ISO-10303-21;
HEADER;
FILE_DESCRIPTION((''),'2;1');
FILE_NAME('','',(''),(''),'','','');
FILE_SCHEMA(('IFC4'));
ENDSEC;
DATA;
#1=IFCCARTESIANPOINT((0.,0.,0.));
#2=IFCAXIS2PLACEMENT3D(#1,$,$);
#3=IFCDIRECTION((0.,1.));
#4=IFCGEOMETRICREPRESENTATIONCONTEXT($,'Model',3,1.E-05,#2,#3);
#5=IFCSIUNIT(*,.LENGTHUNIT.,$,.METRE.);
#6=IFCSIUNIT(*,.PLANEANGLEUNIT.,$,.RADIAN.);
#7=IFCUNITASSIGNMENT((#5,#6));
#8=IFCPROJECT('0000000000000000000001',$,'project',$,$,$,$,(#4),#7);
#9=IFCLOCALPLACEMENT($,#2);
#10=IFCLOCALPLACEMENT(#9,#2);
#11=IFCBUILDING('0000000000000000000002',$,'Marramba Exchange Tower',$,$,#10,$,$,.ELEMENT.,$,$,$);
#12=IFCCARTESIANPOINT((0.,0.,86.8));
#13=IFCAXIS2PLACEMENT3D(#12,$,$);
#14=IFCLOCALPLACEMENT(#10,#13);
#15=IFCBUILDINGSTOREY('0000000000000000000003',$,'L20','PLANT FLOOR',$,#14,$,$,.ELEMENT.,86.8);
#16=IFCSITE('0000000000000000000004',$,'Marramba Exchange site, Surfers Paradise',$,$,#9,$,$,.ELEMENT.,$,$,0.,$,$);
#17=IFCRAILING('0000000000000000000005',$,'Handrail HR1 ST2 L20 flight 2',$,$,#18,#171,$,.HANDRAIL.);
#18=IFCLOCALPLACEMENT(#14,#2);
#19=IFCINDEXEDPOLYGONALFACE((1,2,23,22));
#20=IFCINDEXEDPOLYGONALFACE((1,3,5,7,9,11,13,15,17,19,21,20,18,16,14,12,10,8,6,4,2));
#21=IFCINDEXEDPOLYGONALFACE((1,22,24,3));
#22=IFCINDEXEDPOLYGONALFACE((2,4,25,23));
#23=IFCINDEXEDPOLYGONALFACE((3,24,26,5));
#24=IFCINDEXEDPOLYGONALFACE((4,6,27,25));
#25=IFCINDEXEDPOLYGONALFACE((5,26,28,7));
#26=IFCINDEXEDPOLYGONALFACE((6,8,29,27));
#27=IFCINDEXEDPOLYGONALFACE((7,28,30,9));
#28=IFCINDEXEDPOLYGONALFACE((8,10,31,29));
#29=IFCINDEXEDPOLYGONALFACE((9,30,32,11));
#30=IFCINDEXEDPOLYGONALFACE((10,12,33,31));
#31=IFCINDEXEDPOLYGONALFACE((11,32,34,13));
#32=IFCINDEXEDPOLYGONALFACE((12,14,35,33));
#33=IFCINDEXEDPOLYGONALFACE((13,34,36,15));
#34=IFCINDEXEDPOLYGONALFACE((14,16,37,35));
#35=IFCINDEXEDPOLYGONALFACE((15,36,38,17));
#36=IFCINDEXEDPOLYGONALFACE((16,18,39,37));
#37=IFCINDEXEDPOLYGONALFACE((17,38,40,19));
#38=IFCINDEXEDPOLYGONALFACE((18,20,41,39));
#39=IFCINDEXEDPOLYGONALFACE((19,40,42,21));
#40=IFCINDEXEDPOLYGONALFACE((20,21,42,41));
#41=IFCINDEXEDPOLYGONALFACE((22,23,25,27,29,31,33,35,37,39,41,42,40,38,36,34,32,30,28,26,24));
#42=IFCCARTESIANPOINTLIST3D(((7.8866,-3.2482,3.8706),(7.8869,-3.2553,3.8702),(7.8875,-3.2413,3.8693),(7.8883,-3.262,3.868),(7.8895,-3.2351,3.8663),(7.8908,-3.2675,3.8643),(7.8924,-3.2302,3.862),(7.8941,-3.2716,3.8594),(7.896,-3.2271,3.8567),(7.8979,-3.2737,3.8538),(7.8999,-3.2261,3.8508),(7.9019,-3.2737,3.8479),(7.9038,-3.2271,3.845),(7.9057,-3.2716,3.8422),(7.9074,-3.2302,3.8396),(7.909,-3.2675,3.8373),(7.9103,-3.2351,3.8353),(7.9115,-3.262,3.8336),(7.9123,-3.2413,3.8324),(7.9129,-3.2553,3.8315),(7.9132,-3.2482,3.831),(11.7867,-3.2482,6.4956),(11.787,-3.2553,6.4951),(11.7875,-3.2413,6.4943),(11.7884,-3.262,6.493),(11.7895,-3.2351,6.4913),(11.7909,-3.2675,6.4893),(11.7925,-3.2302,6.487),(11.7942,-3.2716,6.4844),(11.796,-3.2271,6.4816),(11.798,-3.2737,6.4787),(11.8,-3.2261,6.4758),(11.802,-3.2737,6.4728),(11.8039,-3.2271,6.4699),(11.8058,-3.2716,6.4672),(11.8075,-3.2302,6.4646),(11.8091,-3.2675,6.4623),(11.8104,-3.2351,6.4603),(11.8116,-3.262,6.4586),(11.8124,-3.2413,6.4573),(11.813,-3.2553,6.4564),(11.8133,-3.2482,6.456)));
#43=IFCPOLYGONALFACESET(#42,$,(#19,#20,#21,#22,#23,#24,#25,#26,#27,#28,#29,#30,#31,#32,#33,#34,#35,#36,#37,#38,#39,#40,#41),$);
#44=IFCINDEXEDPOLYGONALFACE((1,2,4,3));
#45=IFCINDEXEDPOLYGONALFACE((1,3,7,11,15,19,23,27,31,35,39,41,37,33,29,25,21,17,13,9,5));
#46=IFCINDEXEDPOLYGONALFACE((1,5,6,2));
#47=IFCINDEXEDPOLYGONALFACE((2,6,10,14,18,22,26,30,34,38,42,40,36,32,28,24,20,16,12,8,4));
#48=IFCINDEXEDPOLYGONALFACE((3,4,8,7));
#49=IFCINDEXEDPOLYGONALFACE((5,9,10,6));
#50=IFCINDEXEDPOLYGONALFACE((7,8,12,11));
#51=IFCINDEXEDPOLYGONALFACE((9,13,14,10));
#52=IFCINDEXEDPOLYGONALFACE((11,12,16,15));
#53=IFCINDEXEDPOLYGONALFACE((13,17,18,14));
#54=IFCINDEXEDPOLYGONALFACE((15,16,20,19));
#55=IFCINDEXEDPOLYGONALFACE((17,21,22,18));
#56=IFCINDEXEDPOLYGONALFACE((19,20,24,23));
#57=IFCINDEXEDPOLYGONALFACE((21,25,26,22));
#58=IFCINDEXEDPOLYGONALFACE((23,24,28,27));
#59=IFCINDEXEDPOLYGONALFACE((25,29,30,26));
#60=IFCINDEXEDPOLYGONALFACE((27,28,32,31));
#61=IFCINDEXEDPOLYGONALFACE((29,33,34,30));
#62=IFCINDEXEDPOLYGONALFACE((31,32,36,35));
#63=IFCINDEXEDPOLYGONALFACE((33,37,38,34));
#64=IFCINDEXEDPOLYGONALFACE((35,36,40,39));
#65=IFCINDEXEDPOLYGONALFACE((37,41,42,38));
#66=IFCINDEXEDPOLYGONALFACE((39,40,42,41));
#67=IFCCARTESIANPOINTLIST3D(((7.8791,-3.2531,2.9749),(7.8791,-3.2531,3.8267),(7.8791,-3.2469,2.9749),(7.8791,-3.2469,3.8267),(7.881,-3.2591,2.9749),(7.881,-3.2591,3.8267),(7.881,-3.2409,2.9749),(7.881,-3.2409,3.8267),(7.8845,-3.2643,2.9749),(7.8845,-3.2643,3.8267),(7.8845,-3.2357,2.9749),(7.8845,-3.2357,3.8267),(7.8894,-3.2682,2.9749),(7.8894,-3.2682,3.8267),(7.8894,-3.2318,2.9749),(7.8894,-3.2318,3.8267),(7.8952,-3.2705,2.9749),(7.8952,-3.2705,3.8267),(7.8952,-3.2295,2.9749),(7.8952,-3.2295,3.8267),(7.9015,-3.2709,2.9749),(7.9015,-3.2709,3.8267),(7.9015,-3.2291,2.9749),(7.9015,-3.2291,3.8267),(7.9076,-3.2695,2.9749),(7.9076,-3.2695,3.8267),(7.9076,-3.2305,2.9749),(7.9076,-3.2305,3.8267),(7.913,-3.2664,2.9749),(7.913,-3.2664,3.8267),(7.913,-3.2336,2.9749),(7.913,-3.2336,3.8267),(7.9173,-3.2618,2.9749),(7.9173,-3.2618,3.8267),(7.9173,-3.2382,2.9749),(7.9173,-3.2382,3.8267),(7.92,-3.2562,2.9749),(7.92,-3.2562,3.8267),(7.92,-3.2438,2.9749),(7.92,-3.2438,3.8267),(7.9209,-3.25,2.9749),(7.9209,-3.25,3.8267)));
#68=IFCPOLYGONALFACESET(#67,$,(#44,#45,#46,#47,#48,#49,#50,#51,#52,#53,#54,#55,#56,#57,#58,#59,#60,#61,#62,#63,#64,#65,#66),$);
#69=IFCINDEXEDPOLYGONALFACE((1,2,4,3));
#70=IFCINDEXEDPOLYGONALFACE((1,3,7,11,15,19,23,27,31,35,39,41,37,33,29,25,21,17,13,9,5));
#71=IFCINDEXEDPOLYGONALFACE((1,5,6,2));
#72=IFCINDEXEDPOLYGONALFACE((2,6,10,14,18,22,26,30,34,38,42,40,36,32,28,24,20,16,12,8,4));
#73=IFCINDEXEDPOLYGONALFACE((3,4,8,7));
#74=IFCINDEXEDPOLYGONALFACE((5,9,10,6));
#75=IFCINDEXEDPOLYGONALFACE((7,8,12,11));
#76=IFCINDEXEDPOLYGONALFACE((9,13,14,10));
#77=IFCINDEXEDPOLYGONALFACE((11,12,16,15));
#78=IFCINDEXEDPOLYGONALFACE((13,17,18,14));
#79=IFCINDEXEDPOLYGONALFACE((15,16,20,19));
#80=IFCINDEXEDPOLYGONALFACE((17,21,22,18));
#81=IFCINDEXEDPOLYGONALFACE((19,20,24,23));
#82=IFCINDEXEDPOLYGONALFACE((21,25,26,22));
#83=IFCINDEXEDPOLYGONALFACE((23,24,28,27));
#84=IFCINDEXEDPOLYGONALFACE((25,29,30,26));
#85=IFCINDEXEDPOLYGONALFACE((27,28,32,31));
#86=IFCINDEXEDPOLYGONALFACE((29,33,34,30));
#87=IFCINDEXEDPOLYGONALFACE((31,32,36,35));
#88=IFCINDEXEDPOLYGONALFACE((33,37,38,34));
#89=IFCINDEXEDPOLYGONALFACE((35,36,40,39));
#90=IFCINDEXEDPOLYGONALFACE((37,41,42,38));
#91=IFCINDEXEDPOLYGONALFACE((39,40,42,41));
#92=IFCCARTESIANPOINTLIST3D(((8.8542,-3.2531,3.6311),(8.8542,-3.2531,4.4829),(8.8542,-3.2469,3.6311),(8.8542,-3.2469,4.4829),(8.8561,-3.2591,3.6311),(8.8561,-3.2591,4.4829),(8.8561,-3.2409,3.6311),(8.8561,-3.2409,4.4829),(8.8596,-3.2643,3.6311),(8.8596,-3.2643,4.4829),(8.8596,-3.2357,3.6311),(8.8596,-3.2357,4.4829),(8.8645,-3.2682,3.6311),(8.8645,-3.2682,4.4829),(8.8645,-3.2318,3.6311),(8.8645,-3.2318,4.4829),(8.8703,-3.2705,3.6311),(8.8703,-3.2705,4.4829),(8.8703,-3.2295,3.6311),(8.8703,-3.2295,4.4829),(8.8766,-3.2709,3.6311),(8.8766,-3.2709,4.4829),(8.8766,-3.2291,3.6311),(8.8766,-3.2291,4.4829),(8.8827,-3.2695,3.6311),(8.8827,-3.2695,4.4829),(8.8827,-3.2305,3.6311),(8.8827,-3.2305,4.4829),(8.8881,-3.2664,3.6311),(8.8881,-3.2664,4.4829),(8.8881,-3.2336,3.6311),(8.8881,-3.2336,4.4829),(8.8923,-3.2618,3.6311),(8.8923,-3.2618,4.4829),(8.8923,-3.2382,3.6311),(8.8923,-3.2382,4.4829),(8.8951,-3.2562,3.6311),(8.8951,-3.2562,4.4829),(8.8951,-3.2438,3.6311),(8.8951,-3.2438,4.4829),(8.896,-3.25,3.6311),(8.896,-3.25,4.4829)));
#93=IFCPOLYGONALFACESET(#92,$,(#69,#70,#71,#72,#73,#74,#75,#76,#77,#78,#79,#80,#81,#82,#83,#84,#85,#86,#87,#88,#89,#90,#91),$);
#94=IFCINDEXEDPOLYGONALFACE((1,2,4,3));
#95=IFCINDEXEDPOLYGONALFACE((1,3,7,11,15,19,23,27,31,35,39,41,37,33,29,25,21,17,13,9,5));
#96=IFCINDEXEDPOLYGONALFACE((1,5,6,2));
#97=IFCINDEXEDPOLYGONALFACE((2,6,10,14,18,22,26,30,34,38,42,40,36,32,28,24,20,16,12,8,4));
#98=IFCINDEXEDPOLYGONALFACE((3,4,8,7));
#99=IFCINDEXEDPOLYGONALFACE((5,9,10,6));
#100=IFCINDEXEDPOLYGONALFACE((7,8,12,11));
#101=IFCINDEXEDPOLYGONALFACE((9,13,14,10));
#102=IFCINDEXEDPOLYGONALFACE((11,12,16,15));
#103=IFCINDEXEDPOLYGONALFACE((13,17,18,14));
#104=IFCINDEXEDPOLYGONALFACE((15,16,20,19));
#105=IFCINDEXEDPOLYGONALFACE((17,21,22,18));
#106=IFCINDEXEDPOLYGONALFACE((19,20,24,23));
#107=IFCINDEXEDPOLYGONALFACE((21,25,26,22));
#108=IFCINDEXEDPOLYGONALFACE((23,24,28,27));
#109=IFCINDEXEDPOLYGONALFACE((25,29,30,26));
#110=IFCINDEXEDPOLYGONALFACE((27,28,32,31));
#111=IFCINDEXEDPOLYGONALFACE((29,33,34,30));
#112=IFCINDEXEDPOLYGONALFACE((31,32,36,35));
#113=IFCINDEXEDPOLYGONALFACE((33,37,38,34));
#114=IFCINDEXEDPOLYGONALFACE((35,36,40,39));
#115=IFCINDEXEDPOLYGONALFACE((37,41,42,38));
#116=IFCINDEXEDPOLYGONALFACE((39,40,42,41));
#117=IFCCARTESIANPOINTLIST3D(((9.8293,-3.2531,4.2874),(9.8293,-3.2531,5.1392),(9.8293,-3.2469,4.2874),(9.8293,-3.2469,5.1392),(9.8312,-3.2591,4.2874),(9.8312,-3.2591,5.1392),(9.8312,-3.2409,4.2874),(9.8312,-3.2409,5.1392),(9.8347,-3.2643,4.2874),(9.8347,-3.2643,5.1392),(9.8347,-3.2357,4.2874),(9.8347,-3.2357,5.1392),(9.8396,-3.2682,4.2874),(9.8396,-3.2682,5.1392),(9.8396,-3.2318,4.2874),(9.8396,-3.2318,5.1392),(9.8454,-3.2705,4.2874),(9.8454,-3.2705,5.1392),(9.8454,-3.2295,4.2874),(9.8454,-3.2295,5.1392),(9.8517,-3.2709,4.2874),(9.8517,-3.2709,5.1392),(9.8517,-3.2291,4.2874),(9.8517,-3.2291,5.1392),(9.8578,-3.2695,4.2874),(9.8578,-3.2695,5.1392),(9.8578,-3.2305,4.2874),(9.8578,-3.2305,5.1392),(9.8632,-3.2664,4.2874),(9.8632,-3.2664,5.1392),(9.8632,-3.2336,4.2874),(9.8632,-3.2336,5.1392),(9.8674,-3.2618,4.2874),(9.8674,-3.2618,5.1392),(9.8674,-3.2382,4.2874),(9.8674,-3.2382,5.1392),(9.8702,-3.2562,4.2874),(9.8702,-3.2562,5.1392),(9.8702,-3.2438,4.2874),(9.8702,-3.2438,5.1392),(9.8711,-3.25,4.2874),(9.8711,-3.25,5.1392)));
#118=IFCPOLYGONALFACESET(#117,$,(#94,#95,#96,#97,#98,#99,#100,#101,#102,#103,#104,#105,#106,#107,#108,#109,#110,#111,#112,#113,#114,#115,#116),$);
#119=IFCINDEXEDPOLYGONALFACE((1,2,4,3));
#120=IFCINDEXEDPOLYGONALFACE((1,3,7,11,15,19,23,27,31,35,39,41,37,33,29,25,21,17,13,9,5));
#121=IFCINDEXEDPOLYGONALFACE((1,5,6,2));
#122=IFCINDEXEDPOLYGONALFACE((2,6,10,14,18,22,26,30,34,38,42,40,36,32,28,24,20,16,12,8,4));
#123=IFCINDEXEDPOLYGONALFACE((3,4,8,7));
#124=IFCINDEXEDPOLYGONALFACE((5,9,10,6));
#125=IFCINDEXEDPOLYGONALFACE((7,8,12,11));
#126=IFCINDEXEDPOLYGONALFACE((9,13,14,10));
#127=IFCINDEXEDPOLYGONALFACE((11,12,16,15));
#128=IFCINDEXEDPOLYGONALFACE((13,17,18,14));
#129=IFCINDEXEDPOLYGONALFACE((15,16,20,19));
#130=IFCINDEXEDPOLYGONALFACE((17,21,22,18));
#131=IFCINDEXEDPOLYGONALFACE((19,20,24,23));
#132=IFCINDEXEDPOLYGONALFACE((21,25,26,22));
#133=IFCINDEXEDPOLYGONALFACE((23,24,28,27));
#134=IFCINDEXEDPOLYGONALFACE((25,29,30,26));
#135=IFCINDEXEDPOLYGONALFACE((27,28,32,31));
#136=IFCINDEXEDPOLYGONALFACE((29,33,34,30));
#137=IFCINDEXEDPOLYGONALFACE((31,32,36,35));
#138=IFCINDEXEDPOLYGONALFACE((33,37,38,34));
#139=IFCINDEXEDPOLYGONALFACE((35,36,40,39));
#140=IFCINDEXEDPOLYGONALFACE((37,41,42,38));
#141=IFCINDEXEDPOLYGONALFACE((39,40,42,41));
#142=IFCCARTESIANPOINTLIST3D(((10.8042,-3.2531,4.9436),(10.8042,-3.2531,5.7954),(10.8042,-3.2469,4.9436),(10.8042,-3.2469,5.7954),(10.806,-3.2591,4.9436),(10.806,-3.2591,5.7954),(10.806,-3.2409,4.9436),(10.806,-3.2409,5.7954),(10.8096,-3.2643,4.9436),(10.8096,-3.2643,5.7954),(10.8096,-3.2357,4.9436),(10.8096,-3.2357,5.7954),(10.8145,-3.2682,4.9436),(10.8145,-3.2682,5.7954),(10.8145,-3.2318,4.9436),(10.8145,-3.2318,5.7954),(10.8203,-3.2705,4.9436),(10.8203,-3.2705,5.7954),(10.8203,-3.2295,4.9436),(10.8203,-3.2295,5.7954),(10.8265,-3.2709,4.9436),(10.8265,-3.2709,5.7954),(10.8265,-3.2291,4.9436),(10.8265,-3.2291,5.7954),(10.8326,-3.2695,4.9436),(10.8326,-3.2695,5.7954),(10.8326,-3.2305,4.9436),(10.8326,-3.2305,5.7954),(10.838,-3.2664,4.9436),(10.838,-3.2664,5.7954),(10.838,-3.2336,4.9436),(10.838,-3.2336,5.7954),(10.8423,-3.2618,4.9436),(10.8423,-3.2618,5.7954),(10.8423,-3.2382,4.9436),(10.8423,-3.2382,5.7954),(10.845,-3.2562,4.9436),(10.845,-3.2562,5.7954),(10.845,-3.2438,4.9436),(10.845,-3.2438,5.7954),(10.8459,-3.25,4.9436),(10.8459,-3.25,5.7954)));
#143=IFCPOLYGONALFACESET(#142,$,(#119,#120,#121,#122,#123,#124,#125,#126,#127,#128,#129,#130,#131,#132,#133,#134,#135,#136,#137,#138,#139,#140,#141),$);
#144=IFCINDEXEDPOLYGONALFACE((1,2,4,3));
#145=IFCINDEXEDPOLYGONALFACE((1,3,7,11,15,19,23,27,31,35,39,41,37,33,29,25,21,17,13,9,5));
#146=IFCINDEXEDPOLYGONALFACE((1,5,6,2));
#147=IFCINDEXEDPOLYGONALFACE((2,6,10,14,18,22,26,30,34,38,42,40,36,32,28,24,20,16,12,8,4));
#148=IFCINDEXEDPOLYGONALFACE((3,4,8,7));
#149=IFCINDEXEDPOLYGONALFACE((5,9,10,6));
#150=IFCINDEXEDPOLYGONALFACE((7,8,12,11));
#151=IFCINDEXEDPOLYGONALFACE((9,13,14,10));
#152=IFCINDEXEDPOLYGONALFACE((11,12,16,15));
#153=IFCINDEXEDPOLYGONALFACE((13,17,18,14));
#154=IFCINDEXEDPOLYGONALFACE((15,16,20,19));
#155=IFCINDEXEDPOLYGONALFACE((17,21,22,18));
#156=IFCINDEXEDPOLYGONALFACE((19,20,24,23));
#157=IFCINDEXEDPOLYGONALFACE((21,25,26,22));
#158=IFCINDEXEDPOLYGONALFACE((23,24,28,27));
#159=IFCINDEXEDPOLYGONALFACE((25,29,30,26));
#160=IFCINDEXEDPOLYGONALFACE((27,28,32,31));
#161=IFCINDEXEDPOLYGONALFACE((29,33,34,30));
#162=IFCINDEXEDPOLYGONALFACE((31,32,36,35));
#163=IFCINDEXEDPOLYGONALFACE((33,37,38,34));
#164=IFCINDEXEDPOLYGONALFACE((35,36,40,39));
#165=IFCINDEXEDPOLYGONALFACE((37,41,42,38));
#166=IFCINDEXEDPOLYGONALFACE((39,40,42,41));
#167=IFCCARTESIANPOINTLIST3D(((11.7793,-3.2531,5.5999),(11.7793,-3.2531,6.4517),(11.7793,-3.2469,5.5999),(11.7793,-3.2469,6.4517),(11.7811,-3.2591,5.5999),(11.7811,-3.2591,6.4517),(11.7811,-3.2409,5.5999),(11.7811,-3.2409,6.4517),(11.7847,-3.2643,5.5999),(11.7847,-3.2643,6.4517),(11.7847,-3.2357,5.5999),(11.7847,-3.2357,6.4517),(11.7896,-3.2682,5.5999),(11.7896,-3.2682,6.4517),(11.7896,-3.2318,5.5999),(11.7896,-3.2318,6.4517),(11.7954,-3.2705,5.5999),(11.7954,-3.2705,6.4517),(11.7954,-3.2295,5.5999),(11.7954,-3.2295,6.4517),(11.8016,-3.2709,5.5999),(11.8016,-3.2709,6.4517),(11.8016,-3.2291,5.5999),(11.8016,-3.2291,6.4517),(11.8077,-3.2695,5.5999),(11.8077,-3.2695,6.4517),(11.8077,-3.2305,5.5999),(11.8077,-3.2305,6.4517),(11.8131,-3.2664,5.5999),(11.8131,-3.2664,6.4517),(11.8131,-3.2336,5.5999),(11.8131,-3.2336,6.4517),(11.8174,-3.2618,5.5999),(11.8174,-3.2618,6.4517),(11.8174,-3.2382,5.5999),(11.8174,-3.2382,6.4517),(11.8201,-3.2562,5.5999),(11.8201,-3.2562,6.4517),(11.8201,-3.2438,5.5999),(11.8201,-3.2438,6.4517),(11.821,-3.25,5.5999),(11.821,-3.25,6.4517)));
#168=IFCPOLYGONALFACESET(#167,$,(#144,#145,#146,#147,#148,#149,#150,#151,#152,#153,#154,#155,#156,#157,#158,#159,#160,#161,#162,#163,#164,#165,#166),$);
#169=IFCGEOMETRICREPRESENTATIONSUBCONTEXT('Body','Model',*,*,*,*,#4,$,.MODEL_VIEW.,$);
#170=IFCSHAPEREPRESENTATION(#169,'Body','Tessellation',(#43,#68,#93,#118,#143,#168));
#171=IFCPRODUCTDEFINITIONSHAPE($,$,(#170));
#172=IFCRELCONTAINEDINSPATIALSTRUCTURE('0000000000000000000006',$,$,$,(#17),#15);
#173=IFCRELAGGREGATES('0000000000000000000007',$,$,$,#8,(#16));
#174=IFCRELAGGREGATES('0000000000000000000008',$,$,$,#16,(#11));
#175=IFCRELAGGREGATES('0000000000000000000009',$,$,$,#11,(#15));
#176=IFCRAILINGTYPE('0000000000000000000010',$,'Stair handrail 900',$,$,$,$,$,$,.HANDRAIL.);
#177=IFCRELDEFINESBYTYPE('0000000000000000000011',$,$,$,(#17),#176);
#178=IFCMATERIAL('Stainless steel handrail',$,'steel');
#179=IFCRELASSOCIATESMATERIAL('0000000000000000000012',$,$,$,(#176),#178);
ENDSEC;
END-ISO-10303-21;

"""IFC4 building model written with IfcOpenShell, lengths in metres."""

from ifc_helpers import new_model, si_unit, direction, frame, origin, origin_2d, place, context, subcontext, project, spatial, circle, extrude, material, type_object, element, save


model = new_model("IFC4")

# Units and contexts
model_context = context("Model", 3, precision=1e-05, world=origin(), true_north=direction((0.0, 1.0)))
body_context = subcontext(model_context, "Body", "Model", "MODEL_VIEW")
ifc_project = project(units=[si_unit("LENGTHUNIT", "METRE"), si_unit("PLANEANGLEUNIT", "RADIAN")], contexts=[model_context])

# Site, building, storey
site_placement = place(None, origin())
site = spatial("IfcSite", under=ifc_project, at=site_placement, Name="Marramba Exchange site, Surfers Paradise", CompositionType="ELEMENT", RefElevation=0.0)
building_placement = place(site_placement, origin())
building = spatial("IfcBuilding", under=site, at=building_placement, Name="Marramba Exchange Tower", CompositionType="ELEMENT")
storey_placement = place(building_placement, frame((0.0, 0.0, 86.8)))
storey = spatial("IfcBuildingStorey", under=building, at=storey_placement, Name="L20", Description="PLANT FLOOR", CompositionType="ELEMENT", Elevation=86.8)

# Railing
ifc_material_1 = material(Name="Stainless steel handrail", Category="steel")
railing_type = type_object("IfcRailingType", Name="Stair handrail 900", PredefinedType="HANDRAIL", material=ifc_material_1)
railing_placement = place(storey_placement, frame((7.8999, -3.25, 2.9749)))
element("IfcRailing", 1, at=railing_placement, inside=storey, type_object=railing_type, Name="Handrail HR1 ST2 L20 flight 2", PredefinedType="HANDRAIL", context=body_context, shape_type="SweptSolid", body=[
    extrude(circle(Radius=0.0239, at=origin_2d()), frame((0.0, 0.0, 0.876), z_axis=(0.829597, 0.0, 0.558362), x_axis=(0.0, 1.0, 0.0)), (0.0, 0.0, 1.0), 4.7012),
    extrude(circle(Radius=0.021, at=origin_2d()), origin(), (0.0, 0.0, 1.0), 0.8518),
    extrude(circle(Radius=0.021, at=origin_2d()), frame((0.9751, 0.0, 0.6562)), (0.0, 0.0, 1.0), 0.8518),
    extrude(circle(Radius=0.021, at=origin_2d()), frame((1.9502, 0.0, 1.3125)), (0.0, 0.0, 1.0), 0.8518),
    extrude(circle(Radius=0.021, at=origin_2d()), frame((2.925, 0.0, 1.9688)), (0.0, 0.0, 1.0), 0.8518),
    extrude(circle(Radius=0.021, at=origin_2d()), frame((3.9001, 0.0, 2.625)), (0.0, 0.0, 1.0), 0.8518),
])

save(model, "model.ifc")
